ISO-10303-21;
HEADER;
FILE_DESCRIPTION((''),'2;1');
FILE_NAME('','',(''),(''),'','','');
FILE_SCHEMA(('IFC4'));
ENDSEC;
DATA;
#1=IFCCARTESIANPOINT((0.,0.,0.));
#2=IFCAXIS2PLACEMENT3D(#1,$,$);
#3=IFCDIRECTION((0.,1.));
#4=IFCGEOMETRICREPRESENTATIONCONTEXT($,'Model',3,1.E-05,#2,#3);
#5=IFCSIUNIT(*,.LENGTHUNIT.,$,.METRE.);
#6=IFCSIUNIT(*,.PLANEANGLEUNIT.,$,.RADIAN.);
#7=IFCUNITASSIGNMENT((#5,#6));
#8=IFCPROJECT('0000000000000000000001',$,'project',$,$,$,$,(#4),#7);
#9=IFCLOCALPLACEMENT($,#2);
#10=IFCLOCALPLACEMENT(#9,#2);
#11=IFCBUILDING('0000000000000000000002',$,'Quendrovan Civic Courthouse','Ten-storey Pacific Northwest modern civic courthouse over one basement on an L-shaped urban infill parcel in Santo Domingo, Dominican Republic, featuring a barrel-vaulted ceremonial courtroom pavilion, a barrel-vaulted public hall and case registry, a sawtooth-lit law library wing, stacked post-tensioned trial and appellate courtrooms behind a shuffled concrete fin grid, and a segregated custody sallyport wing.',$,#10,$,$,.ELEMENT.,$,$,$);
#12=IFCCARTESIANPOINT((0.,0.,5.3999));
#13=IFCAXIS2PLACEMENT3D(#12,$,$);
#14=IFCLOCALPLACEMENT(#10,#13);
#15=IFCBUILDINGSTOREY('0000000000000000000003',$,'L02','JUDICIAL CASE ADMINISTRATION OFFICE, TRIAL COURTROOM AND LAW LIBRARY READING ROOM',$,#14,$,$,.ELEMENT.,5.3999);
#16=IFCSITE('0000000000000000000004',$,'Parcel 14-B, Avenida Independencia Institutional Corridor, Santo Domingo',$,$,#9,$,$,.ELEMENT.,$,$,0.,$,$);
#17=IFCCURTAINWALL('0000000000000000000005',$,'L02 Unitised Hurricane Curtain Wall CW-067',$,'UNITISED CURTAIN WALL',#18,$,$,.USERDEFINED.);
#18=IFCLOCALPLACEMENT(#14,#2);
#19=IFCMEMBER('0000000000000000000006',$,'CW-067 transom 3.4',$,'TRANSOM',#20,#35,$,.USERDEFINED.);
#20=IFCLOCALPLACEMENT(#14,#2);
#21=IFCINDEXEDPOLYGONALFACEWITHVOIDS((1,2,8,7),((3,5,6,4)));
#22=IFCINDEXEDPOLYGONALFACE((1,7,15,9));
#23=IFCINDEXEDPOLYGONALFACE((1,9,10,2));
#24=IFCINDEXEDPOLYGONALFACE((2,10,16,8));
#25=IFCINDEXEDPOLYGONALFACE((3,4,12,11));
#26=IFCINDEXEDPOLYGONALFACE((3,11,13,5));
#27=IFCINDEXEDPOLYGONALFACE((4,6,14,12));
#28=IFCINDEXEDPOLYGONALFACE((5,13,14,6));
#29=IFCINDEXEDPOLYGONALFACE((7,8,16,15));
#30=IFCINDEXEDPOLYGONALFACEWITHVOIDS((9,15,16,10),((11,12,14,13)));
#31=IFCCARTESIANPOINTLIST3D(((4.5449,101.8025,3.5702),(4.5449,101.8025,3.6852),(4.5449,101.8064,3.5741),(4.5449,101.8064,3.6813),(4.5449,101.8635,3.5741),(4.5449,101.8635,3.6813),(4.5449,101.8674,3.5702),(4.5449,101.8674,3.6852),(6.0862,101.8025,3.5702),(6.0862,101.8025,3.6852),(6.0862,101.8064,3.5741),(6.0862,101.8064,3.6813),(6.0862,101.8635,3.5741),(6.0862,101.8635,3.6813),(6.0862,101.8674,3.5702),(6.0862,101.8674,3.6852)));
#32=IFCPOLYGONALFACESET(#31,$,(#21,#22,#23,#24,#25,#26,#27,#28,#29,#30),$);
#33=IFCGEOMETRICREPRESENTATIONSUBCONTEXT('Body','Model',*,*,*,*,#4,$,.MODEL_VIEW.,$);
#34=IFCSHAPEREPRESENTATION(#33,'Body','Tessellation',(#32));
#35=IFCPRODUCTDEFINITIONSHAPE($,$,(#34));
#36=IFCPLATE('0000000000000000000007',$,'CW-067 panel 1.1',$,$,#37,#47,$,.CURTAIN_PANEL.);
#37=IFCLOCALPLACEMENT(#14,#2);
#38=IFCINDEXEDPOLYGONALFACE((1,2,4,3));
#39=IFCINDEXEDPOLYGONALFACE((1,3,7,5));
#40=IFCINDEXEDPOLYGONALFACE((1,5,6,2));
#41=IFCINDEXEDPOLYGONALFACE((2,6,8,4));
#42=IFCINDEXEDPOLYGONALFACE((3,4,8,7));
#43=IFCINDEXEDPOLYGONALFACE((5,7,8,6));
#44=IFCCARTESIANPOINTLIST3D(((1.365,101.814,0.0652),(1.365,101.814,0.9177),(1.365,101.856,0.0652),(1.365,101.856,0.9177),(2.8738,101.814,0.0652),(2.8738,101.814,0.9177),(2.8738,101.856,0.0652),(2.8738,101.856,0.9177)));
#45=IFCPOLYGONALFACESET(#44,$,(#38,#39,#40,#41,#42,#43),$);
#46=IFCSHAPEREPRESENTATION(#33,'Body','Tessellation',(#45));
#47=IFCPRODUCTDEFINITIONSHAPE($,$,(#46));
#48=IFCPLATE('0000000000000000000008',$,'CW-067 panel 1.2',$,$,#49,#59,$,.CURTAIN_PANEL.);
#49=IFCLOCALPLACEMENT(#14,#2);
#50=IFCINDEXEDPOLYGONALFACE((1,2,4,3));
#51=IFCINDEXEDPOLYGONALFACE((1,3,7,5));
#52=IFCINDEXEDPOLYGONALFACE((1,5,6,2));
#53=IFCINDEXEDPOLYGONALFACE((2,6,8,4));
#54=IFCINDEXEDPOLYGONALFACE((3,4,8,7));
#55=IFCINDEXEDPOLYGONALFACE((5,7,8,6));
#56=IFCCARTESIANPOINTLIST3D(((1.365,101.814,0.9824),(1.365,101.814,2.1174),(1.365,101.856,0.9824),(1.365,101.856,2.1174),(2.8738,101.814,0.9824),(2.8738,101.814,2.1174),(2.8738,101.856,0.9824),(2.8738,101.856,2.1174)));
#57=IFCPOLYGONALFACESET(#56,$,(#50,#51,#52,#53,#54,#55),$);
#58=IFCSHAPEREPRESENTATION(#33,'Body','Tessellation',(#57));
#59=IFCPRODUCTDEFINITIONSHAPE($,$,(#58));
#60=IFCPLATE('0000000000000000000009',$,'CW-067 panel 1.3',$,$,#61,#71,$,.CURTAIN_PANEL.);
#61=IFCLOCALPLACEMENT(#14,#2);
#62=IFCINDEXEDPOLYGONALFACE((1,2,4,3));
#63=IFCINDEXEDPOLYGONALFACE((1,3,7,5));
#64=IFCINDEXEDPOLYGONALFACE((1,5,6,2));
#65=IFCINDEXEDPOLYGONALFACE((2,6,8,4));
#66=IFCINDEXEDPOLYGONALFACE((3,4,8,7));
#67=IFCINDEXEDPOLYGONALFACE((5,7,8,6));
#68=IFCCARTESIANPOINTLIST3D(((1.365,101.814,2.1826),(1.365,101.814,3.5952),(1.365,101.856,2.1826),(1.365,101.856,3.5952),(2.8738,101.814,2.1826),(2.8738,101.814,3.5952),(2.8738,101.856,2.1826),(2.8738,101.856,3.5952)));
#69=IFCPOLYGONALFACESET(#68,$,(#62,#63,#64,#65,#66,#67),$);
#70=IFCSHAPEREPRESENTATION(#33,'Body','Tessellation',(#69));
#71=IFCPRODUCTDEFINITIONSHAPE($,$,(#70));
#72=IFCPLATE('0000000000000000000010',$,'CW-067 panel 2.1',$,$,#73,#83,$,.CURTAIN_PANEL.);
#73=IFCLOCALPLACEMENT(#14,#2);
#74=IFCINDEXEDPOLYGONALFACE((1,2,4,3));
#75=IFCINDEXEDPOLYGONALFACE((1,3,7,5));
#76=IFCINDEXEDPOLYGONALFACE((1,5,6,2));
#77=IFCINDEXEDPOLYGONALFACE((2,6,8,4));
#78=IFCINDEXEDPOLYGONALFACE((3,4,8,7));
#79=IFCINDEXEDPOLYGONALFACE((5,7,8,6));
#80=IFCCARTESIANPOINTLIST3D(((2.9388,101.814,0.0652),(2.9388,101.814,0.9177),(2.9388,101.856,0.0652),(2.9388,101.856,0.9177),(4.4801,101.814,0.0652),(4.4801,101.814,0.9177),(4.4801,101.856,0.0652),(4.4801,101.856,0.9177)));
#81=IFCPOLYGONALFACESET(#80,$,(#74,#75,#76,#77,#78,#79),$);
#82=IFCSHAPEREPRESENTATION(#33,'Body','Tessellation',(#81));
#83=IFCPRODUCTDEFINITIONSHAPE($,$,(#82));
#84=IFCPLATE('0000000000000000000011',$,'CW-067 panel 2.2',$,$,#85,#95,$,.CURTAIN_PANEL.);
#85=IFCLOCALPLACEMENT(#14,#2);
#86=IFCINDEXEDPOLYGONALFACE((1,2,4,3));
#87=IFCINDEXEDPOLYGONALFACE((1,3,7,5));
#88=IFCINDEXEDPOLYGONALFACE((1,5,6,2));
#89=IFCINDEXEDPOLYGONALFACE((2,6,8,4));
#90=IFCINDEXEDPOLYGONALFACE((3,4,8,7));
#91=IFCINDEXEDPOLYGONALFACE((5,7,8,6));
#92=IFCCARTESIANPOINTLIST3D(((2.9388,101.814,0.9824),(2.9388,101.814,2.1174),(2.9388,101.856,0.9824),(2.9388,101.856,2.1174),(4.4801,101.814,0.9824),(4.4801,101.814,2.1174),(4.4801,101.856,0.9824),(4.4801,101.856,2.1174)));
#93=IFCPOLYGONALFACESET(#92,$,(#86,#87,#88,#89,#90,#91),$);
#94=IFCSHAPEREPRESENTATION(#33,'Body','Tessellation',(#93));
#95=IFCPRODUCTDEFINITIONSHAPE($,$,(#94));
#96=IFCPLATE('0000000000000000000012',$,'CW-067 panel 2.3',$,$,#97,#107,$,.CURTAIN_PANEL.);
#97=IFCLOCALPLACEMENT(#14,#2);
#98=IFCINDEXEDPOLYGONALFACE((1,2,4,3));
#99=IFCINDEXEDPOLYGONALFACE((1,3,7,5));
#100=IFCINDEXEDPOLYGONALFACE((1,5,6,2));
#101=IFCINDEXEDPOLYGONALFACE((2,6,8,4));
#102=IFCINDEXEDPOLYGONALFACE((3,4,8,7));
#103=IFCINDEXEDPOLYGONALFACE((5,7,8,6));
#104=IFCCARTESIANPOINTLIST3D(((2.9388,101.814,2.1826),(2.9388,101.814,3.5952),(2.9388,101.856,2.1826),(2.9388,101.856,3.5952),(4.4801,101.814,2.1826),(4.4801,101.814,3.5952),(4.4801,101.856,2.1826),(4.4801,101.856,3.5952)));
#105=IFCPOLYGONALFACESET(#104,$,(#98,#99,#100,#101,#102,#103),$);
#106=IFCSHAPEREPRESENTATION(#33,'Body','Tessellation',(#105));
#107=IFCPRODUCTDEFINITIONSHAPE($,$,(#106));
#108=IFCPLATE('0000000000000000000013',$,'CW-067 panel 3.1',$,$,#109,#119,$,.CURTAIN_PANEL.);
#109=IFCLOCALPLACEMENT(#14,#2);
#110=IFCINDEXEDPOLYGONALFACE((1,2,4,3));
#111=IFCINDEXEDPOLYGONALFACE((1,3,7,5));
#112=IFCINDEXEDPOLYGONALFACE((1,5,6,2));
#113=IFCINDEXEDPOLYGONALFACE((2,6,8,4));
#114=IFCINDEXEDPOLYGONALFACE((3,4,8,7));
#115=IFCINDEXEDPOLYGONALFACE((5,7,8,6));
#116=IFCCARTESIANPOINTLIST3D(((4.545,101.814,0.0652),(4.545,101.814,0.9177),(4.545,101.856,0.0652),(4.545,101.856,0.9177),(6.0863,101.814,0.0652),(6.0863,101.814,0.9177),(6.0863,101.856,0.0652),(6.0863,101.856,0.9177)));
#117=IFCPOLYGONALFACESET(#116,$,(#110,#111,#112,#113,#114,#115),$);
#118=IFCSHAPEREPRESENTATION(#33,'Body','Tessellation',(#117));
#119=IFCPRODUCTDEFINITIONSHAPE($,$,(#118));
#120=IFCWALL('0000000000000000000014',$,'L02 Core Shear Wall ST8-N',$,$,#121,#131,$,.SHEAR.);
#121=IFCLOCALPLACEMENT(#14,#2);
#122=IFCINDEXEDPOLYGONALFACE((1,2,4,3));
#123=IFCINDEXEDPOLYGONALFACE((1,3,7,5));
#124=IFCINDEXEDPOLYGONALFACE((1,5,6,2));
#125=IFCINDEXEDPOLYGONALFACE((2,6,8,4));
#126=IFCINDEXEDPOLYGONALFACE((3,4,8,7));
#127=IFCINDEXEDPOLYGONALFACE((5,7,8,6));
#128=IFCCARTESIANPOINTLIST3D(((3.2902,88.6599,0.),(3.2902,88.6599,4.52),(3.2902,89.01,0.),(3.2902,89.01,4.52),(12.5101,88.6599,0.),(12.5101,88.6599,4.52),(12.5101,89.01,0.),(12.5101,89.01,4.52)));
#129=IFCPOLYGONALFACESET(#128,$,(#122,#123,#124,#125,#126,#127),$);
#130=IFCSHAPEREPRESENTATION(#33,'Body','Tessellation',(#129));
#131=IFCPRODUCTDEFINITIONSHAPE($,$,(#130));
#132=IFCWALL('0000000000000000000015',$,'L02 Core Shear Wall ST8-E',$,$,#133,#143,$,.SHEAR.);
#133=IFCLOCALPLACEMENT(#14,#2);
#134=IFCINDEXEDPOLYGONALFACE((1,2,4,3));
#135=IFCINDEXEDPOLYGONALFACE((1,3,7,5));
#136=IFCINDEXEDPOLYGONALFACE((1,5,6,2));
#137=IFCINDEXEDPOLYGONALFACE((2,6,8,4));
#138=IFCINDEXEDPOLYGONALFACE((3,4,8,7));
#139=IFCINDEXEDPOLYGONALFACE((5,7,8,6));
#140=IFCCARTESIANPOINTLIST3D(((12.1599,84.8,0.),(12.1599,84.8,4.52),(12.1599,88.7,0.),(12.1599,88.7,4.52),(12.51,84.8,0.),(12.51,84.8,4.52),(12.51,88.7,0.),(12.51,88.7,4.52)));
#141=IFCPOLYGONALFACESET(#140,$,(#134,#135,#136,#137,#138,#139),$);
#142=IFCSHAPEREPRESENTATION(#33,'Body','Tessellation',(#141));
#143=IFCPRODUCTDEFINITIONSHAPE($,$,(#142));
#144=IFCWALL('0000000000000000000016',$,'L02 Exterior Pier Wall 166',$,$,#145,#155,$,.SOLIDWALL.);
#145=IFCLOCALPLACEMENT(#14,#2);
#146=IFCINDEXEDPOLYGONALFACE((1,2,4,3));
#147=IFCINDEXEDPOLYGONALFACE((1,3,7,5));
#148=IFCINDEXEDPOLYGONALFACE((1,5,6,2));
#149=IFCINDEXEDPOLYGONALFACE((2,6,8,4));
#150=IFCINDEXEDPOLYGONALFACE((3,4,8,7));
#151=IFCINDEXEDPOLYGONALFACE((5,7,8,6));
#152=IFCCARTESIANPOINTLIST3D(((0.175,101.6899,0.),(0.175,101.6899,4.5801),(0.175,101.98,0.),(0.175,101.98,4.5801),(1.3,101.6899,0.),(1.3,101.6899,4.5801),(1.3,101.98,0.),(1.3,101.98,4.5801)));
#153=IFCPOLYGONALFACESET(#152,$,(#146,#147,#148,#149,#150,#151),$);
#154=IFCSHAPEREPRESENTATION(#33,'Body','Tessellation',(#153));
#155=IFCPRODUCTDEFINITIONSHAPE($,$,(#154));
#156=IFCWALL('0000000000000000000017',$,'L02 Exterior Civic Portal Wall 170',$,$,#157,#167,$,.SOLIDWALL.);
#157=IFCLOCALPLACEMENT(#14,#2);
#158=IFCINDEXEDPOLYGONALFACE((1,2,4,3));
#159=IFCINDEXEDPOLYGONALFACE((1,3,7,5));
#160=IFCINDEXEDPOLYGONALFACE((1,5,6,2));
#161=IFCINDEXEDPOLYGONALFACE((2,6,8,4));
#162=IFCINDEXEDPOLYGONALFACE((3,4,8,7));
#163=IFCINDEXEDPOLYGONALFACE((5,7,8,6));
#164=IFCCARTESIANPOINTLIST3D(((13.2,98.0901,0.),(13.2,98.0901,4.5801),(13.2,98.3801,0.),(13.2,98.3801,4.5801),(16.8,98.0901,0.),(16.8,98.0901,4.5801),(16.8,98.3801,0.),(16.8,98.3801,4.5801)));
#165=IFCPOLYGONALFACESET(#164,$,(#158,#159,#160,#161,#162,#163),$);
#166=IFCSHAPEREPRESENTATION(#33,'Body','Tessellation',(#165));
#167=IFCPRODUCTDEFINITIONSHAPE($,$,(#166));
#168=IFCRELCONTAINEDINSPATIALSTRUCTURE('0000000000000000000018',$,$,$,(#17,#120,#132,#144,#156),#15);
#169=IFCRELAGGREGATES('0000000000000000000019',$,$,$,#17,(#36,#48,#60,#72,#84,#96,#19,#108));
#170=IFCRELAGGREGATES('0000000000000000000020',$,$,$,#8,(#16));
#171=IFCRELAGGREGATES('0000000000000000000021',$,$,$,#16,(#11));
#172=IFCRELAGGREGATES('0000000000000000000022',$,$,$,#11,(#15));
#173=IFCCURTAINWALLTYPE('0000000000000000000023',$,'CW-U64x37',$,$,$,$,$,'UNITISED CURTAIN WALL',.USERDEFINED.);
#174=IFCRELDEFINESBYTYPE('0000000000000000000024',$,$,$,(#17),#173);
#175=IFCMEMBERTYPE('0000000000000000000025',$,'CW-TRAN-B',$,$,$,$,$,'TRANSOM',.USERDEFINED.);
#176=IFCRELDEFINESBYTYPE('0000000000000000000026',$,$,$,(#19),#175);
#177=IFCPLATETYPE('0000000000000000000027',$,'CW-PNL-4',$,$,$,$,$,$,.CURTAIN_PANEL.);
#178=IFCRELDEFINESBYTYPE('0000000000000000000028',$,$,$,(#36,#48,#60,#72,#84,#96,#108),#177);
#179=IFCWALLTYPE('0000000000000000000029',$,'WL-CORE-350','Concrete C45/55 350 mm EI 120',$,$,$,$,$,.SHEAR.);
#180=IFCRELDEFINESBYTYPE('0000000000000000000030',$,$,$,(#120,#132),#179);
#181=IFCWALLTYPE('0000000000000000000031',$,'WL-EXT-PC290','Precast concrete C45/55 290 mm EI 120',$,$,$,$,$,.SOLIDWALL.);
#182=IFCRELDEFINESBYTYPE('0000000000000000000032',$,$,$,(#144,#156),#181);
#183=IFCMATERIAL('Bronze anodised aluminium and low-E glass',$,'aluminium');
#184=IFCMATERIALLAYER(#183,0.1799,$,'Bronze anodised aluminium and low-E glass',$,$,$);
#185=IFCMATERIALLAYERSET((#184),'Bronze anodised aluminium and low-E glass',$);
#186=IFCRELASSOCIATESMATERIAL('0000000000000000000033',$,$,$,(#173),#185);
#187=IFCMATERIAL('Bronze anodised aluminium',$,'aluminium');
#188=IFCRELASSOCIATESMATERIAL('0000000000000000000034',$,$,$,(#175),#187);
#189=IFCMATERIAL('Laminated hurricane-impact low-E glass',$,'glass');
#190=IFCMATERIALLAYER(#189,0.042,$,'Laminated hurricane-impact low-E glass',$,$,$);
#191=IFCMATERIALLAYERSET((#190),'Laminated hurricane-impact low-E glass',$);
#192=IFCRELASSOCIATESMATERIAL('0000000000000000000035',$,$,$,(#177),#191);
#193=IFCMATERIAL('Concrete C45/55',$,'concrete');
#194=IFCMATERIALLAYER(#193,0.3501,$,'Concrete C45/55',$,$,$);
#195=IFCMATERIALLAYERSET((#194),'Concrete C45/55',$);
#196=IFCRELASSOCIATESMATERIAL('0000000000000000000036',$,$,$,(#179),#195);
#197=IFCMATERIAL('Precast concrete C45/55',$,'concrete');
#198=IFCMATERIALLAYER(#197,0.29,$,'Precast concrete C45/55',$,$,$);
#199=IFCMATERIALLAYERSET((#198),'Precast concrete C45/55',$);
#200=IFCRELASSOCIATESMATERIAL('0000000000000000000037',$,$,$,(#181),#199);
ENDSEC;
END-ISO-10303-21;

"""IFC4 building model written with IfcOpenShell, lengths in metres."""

from ifc_helpers import new_model, si_unit, direction, frame, frame_2d, origin, origin_2d, place, context, subcontext, project, spatial, rectangle, hollow_rectangle, extrude, material, layer, layer_set, material_profile, profile_set, type_object, element, aggregate, save


model = new_model("IFC4")

# Units and contexts
model_context = context("Model", 3, precision=1e-05, world=origin(), true_north=direction((0.0, 1.0)))
body_context = subcontext(model_context, "Body", "Model", "MODEL_VIEW")
ifc_project = project(units=[si_unit("LENGTHUNIT", "METRE"), si_unit("PLANEANGLEUNIT", "RADIAN")], contexts=[model_context])

# Site, building, storey
site_placement = place(None, origin())
site = spatial("IfcSite", under=ifc_project, at=site_placement, Name="Parcel 14-B, Avenida Independencia Institutional Corridor, Santo Domingo", CompositionType="ELEMENT", RefElevation=0.0)
building_placement = place(site_placement, origin())
building = spatial("IfcBuilding", under=site, at=building_placement, Name="Quendrovan Civic Courthouse", Description="Ten-storey Pacific Northwest modern civic courthouse over one basement on an L-shaped urban infill parcel in Santo Domingo, Dominican Republic, featuring a barrel-vaulted ceremonial courtroom pavilion, a barrel-vaulted public hall and case registry, a sawtooth-lit law library wing, stacked post-tensioned trial and appellate courtrooms behind a shuffled concrete fin grid, and a segregated custody sallyport wing.", CompositionType="ELEMENT")
storey_placement = place(building_placement, frame((0.0, 0.0, 5.3999)))
storey = spatial("IfcBuildingStorey", under=building, at=storey_placement, Name="L02", Description="JUDICIAL CASE ADMINISTRATION OFFICE, TRIAL COURTROOM AND LAW LIBRARY READING ROOM", CompositionType="ELEMENT", Elevation=5.3999)

# Shared definitions
ifc_material_1 = material(Name="Concrete C45/55", Category="concrete")

# Curtain wall, member, plates
ifc_material_2 = material(Name="Bronze anodised aluminium and low-E glass", Category="aluminium")
ifc_layer_1 = layer(ifc_material_2, 0.1799, Name="Bronze anodised aluminium and low-E glass")
ifc_layer_set_1 = layer_set([ifc_layer_1], Name="Bronze anodised aluminium and low-E glass")
curtain_wall_type = type_object("IfcCurtainWallType", Name="CW-U64x37", ElementType="UNITISED CURTAIN WALL", PredefinedType="USERDEFINED", material=ifc_layer_set_1)
curtain_wall_placement = place(storey_placement, origin())
curtain_wall = element("IfcCurtainWall", 1, at=curtain_wall_placement, inside=storey, type_object=curtain_wall_type, Name="L02 Unitised Hurricane Curtain Wall CW-067", ObjectType="UNITISED CURTAIN WALL", PredefinedType="USERDEFINED")
ifc_material_3 = material(Name="Bronze anodised aluminium", Category="aluminium")
ifc_material_profile_1 = material_profile(ifc_material_3, hollow_rectangle(XDim=0.0649, YDim=0.115, WallThickness=0.0039, at=origin_2d()), Name="CW-TRAN-65x115")
ifc_profile_set_1 = profile_set([ifc_material_profile_1], Name="Bronze anodised aluminium")
member_type_1 = type_object("IfcMemberType", Name="CW-TRAN-B", ElementType="TRANSOM", PredefinedType="USERDEFINED", material=ifc_profile_set_1)
member_1_placement = place(storey_placement, frame((4.5449, 101.835, 3.6277), z_axis=(1.0, 0.0, 0.0), x_axis=(0.0, 1.0, 0.0)))
member_1 = element("IfcMember", 2, at=member_1_placement, type_object=member_type_1, Name="CW-067 transom 3.4", ObjectType="TRANSOM", PredefinedType="USERDEFINED", context=body_context, shape_type="SweptSolid", body=[
    extrude(hollow_rectangle(XDim=0.0649, YDim=0.115, WallThickness=0.0039, at=origin_2d()), origin(), (0.0, 0.0, 1.0), 1.5413),
])
ifc_material_4 = material(Name="Laminated hurricane-impact low-E glass", Category="glass")
ifc_layer_2 = layer(ifc_material_4, 0.042, Name="Laminated hurricane-impact low-E glass")
ifc_layer_set_2 = layer_set([ifc_layer_2], Name="Laminated hurricane-impact low-E glass")
plate_type = type_object("IfcPlateType", Name="CW-PNL-4", PredefinedType="CURTAIN_PANEL", material=ifc_layer_set_2)
plate_1_placement = place(storey_placement, frame((2.1194, 101.835, 0.0652), z_axis=(0.0, 0.0, 1.0), x_axis=(1.0, 0.0, 0.0)))
plate_1 = element("IfcPlate", 3, at=plate_1_placement, type_object=plate_type, Name="CW-067 panel 1.1", PredefinedType="CURTAIN_PANEL", context=body_context, shape_type="SweptSolid", body=[
    extrude(rectangle(XDim=1.5088, YDim=0.042, at=origin_2d()), origin(), (0.0, 0.0, 1.0), 0.8525),
])
plate_2_placement = place(storey_placement, frame((2.1194, 101.835, 0.9824), z_axis=(0.0, 0.0, 1.0), x_axis=(1.0, 0.0, 0.0)))
plate_2 = element("IfcPlate", 4, at=plate_2_placement, type_object=plate_type, Name="CW-067 panel 1.2", PredefinedType="CURTAIN_PANEL", context=body_context, shape_type="SweptSolid", body=[
    extrude(rectangle(XDim=1.5088, YDim=0.042, at=origin_2d()), origin(), (0.0, 0.0, 1.0), 1.135),
])
plate_3_placement = place(storey_placement, frame((2.1194, 101.835, 2.1826), z_axis=(0.0, 0.0, 1.0), x_axis=(1.0, 0.0, 0.0)))
plate_3 = element("IfcPlate", 5, at=plate_3_placement, type_object=plate_type, Name="CW-067 panel 1.3", PredefinedType="CURTAIN_PANEL", context=body_context, shape_type="SweptSolid", body=[
    extrude(rectangle(XDim=1.5088, YDim=0.042, at=origin_2d()), origin(), (0.0, 0.0, 1.0), 1.4126),
])
plate_4_placement = place(storey_placement, frame((3.7095, 101.835, 0.0652), z_axis=(0.0, 0.0, 1.0), x_axis=(1.0, 0.0, 0.0)))
plate_4 = element("IfcPlate", 6, at=plate_4_placement, type_object=plate_type, Name="CW-067 panel 2.1", PredefinedType="CURTAIN_PANEL", context=body_context, shape_type="SweptSolid", body=[
    extrude(rectangle(XDim=1.5413, YDim=0.042, at=origin_2d()), origin(), (0.0, 0.0, 1.0), 0.8525),
])
plate_5_placement = place(storey_placement, frame((3.7095, 101.835, 0.9824), z_axis=(0.0, 0.0, 1.0), x_axis=(1.0, 0.0, 0.0)))
plate_5 = element("IfcPlate", 7, at=plate_5_placement, type_object=plate_type, Name="CW-067 panel 2.2", PredefinedType="CURTAIN_PANEL", context=body_context, shape_type="SweptSolid", body=[
    extrude(rectangle(XDim=1.5413, YDim=0.042, at=origin_2d()), origin(), (0.0, 0.0, 1.0), 1.135),
])
plate_6_placement = place(storey_placement, frame((3.7095, 101.835, 2.1826), z_axis=(0.0, 0.0, 1.0), x_axis=(1.0, 0.0, 0.0)))
plate_6 = element("IfcPlate", 8, at=plate_6_placement, type_object=plate_type, Name="CW-067 panel 2.3", PredefinedType="CURTAIN_PANEL", context=body_context, shape_type="SweptSolid", body=[
    extrude(rectangle(XDim=1.5413, YDim=0.042, at=origin_2d()), origin(), (0.0, 0.0, 1.0), 1.4126),
])
plate_7_placement = place(storey_placement, frame((5.3157, 101.835, 0.0652), z_axis=(0.0, 0.0, 1.0), x_axis=(1.0, 0.0, 0.0)))
plate_7 = element("IfcPlate", 9, at=plate_7_placement, type_object=plate_type, Name="CW-067 panel 3.1", PredefinedType="CURTAIN_PANEL", context=body_context, shape_type="SweptSolid", body=[
    extrude(rectangle(XDim=1.5413, YDim=0.042, at=origin_2d()), origin(), (0.0, 0.0, 1.0), 0.8525),
])
aggregate(curtain_wall, [plate_1, plate_2, plate_3, plate_4, plate_5, plate_6, member_1, plate_7])

# Walls
ifc_layer_3 = layer(ifc_material_1, 0.3501, Name="Concrete C45/55")
ifc_layer_set_3 = layer_set([ifc_layer_3], Name="Concrete C45/55")
wall_type_1 = type_object("IfcWallType", Name="WL-CORE-350", Description="Concrete C45/55 350 mm EI 120", PredefinedType="SHEAR", material=ifc_layer_set_3)
wall_1_placement = place(storey_placement, frame((12.51, 88.835, 0.0), z_axis=(0.0, 0.0, 1.0), x_axis=(-1.0, 0.0, 0.0)))
element("IfcWall", 10, at=wall_1_placement, inside=storey, type_object=wall_type_1, Name="L02 Core Shear Wall ST8-N", PredefinedType="SHEAR", context=body_context, shape_type="SweptSolid", body=[
    extrude(rectangle(XDim=9.22, YDim=0.3501, at=frame_2d((4.6099, 0.0))), origin(), (0.0, 0.0, 1.0), 4.52),
])
wall_2_placement = place(storey_placement, frame((12.335, 88.7, 0.0), z_axis=(0.0, 0.0, 1.0), x_axis=(0.0, -1.0, 0.0)))
element("IfcWall", 11, at=wall_2_placement, inside=storey, type_object=wall_type_1, Name="L02 Core Shear Wall ST8-E", PredefinedType="SHEAR", context=body_context, shape_type="SweptSolid", body=[
    extrude(rectangle(XDim=3.8999, YDim=0.3501, at=frame_2d((1.95, 0.0))), origin(), (0.0, 0.0, 1.0), 4.52),
])
ifc_material_5 = material(Name="Precast concrete C45/55", Category="concrete")
ifc_layer_4 = layer(ifc_material_5, 0.29, Name="Precast concrete C45/55")
ifc_layer_set_4 = layer_set([ifc_layer_4], Name="Precast concrete C45/55")
wall_type_2 = type_object("IfcWallType", Name="WL-EXT-PC290", Description="Precast concrete C45/55 290 mm EI 120", PredefinedType="SOLIDWALL", material=ifc_layer_set_4)
wall_3_placement = place(storey_placement, frame((0.175, 101.835, 0.0), z_axis=(0.0, 0.0, 1.0), x_axis=(1.0, 0.0, 0.0)))
element("IfcWall", 12, at=wall_3_placement, inside=storey, type_object=wall_type_2, Name="L02 Exterior Pier Wall 166", PredefinedType="SOLIDWALL", context=body_context, shape_type="SweptSolid", body=[
    extrude(rectangle(XDim=1.125, YDim=0.29, at=frame_2d((0.5625, 0.0))), origin(), (0.0, 0.0, 1.0), 4.5801),
])
wall_4_placement = place(storey_placement, frame((13.2, 98.2351, 0.0), z_axis=(0.0, 0.0, 1.0), x_axis=(1.0, 0.0, 0.0)))
element("IfcWall", 13, at=wall_4_placement, inside=storey, type_object=wall_type_2, Name="L02 Exterior Civic Portal Wall 170", PredefinedType="SOLIDWALL", context=body_context, shape_type="SweptSolid", body=[
    extrude(rectangle(XDim=3.6001, YDim=0.29, at=frame_2d((1.8, 0.0))), origin(), (0.0, 0.0, 1.0), 4.5801),
])

save(model, "model.ifc")
